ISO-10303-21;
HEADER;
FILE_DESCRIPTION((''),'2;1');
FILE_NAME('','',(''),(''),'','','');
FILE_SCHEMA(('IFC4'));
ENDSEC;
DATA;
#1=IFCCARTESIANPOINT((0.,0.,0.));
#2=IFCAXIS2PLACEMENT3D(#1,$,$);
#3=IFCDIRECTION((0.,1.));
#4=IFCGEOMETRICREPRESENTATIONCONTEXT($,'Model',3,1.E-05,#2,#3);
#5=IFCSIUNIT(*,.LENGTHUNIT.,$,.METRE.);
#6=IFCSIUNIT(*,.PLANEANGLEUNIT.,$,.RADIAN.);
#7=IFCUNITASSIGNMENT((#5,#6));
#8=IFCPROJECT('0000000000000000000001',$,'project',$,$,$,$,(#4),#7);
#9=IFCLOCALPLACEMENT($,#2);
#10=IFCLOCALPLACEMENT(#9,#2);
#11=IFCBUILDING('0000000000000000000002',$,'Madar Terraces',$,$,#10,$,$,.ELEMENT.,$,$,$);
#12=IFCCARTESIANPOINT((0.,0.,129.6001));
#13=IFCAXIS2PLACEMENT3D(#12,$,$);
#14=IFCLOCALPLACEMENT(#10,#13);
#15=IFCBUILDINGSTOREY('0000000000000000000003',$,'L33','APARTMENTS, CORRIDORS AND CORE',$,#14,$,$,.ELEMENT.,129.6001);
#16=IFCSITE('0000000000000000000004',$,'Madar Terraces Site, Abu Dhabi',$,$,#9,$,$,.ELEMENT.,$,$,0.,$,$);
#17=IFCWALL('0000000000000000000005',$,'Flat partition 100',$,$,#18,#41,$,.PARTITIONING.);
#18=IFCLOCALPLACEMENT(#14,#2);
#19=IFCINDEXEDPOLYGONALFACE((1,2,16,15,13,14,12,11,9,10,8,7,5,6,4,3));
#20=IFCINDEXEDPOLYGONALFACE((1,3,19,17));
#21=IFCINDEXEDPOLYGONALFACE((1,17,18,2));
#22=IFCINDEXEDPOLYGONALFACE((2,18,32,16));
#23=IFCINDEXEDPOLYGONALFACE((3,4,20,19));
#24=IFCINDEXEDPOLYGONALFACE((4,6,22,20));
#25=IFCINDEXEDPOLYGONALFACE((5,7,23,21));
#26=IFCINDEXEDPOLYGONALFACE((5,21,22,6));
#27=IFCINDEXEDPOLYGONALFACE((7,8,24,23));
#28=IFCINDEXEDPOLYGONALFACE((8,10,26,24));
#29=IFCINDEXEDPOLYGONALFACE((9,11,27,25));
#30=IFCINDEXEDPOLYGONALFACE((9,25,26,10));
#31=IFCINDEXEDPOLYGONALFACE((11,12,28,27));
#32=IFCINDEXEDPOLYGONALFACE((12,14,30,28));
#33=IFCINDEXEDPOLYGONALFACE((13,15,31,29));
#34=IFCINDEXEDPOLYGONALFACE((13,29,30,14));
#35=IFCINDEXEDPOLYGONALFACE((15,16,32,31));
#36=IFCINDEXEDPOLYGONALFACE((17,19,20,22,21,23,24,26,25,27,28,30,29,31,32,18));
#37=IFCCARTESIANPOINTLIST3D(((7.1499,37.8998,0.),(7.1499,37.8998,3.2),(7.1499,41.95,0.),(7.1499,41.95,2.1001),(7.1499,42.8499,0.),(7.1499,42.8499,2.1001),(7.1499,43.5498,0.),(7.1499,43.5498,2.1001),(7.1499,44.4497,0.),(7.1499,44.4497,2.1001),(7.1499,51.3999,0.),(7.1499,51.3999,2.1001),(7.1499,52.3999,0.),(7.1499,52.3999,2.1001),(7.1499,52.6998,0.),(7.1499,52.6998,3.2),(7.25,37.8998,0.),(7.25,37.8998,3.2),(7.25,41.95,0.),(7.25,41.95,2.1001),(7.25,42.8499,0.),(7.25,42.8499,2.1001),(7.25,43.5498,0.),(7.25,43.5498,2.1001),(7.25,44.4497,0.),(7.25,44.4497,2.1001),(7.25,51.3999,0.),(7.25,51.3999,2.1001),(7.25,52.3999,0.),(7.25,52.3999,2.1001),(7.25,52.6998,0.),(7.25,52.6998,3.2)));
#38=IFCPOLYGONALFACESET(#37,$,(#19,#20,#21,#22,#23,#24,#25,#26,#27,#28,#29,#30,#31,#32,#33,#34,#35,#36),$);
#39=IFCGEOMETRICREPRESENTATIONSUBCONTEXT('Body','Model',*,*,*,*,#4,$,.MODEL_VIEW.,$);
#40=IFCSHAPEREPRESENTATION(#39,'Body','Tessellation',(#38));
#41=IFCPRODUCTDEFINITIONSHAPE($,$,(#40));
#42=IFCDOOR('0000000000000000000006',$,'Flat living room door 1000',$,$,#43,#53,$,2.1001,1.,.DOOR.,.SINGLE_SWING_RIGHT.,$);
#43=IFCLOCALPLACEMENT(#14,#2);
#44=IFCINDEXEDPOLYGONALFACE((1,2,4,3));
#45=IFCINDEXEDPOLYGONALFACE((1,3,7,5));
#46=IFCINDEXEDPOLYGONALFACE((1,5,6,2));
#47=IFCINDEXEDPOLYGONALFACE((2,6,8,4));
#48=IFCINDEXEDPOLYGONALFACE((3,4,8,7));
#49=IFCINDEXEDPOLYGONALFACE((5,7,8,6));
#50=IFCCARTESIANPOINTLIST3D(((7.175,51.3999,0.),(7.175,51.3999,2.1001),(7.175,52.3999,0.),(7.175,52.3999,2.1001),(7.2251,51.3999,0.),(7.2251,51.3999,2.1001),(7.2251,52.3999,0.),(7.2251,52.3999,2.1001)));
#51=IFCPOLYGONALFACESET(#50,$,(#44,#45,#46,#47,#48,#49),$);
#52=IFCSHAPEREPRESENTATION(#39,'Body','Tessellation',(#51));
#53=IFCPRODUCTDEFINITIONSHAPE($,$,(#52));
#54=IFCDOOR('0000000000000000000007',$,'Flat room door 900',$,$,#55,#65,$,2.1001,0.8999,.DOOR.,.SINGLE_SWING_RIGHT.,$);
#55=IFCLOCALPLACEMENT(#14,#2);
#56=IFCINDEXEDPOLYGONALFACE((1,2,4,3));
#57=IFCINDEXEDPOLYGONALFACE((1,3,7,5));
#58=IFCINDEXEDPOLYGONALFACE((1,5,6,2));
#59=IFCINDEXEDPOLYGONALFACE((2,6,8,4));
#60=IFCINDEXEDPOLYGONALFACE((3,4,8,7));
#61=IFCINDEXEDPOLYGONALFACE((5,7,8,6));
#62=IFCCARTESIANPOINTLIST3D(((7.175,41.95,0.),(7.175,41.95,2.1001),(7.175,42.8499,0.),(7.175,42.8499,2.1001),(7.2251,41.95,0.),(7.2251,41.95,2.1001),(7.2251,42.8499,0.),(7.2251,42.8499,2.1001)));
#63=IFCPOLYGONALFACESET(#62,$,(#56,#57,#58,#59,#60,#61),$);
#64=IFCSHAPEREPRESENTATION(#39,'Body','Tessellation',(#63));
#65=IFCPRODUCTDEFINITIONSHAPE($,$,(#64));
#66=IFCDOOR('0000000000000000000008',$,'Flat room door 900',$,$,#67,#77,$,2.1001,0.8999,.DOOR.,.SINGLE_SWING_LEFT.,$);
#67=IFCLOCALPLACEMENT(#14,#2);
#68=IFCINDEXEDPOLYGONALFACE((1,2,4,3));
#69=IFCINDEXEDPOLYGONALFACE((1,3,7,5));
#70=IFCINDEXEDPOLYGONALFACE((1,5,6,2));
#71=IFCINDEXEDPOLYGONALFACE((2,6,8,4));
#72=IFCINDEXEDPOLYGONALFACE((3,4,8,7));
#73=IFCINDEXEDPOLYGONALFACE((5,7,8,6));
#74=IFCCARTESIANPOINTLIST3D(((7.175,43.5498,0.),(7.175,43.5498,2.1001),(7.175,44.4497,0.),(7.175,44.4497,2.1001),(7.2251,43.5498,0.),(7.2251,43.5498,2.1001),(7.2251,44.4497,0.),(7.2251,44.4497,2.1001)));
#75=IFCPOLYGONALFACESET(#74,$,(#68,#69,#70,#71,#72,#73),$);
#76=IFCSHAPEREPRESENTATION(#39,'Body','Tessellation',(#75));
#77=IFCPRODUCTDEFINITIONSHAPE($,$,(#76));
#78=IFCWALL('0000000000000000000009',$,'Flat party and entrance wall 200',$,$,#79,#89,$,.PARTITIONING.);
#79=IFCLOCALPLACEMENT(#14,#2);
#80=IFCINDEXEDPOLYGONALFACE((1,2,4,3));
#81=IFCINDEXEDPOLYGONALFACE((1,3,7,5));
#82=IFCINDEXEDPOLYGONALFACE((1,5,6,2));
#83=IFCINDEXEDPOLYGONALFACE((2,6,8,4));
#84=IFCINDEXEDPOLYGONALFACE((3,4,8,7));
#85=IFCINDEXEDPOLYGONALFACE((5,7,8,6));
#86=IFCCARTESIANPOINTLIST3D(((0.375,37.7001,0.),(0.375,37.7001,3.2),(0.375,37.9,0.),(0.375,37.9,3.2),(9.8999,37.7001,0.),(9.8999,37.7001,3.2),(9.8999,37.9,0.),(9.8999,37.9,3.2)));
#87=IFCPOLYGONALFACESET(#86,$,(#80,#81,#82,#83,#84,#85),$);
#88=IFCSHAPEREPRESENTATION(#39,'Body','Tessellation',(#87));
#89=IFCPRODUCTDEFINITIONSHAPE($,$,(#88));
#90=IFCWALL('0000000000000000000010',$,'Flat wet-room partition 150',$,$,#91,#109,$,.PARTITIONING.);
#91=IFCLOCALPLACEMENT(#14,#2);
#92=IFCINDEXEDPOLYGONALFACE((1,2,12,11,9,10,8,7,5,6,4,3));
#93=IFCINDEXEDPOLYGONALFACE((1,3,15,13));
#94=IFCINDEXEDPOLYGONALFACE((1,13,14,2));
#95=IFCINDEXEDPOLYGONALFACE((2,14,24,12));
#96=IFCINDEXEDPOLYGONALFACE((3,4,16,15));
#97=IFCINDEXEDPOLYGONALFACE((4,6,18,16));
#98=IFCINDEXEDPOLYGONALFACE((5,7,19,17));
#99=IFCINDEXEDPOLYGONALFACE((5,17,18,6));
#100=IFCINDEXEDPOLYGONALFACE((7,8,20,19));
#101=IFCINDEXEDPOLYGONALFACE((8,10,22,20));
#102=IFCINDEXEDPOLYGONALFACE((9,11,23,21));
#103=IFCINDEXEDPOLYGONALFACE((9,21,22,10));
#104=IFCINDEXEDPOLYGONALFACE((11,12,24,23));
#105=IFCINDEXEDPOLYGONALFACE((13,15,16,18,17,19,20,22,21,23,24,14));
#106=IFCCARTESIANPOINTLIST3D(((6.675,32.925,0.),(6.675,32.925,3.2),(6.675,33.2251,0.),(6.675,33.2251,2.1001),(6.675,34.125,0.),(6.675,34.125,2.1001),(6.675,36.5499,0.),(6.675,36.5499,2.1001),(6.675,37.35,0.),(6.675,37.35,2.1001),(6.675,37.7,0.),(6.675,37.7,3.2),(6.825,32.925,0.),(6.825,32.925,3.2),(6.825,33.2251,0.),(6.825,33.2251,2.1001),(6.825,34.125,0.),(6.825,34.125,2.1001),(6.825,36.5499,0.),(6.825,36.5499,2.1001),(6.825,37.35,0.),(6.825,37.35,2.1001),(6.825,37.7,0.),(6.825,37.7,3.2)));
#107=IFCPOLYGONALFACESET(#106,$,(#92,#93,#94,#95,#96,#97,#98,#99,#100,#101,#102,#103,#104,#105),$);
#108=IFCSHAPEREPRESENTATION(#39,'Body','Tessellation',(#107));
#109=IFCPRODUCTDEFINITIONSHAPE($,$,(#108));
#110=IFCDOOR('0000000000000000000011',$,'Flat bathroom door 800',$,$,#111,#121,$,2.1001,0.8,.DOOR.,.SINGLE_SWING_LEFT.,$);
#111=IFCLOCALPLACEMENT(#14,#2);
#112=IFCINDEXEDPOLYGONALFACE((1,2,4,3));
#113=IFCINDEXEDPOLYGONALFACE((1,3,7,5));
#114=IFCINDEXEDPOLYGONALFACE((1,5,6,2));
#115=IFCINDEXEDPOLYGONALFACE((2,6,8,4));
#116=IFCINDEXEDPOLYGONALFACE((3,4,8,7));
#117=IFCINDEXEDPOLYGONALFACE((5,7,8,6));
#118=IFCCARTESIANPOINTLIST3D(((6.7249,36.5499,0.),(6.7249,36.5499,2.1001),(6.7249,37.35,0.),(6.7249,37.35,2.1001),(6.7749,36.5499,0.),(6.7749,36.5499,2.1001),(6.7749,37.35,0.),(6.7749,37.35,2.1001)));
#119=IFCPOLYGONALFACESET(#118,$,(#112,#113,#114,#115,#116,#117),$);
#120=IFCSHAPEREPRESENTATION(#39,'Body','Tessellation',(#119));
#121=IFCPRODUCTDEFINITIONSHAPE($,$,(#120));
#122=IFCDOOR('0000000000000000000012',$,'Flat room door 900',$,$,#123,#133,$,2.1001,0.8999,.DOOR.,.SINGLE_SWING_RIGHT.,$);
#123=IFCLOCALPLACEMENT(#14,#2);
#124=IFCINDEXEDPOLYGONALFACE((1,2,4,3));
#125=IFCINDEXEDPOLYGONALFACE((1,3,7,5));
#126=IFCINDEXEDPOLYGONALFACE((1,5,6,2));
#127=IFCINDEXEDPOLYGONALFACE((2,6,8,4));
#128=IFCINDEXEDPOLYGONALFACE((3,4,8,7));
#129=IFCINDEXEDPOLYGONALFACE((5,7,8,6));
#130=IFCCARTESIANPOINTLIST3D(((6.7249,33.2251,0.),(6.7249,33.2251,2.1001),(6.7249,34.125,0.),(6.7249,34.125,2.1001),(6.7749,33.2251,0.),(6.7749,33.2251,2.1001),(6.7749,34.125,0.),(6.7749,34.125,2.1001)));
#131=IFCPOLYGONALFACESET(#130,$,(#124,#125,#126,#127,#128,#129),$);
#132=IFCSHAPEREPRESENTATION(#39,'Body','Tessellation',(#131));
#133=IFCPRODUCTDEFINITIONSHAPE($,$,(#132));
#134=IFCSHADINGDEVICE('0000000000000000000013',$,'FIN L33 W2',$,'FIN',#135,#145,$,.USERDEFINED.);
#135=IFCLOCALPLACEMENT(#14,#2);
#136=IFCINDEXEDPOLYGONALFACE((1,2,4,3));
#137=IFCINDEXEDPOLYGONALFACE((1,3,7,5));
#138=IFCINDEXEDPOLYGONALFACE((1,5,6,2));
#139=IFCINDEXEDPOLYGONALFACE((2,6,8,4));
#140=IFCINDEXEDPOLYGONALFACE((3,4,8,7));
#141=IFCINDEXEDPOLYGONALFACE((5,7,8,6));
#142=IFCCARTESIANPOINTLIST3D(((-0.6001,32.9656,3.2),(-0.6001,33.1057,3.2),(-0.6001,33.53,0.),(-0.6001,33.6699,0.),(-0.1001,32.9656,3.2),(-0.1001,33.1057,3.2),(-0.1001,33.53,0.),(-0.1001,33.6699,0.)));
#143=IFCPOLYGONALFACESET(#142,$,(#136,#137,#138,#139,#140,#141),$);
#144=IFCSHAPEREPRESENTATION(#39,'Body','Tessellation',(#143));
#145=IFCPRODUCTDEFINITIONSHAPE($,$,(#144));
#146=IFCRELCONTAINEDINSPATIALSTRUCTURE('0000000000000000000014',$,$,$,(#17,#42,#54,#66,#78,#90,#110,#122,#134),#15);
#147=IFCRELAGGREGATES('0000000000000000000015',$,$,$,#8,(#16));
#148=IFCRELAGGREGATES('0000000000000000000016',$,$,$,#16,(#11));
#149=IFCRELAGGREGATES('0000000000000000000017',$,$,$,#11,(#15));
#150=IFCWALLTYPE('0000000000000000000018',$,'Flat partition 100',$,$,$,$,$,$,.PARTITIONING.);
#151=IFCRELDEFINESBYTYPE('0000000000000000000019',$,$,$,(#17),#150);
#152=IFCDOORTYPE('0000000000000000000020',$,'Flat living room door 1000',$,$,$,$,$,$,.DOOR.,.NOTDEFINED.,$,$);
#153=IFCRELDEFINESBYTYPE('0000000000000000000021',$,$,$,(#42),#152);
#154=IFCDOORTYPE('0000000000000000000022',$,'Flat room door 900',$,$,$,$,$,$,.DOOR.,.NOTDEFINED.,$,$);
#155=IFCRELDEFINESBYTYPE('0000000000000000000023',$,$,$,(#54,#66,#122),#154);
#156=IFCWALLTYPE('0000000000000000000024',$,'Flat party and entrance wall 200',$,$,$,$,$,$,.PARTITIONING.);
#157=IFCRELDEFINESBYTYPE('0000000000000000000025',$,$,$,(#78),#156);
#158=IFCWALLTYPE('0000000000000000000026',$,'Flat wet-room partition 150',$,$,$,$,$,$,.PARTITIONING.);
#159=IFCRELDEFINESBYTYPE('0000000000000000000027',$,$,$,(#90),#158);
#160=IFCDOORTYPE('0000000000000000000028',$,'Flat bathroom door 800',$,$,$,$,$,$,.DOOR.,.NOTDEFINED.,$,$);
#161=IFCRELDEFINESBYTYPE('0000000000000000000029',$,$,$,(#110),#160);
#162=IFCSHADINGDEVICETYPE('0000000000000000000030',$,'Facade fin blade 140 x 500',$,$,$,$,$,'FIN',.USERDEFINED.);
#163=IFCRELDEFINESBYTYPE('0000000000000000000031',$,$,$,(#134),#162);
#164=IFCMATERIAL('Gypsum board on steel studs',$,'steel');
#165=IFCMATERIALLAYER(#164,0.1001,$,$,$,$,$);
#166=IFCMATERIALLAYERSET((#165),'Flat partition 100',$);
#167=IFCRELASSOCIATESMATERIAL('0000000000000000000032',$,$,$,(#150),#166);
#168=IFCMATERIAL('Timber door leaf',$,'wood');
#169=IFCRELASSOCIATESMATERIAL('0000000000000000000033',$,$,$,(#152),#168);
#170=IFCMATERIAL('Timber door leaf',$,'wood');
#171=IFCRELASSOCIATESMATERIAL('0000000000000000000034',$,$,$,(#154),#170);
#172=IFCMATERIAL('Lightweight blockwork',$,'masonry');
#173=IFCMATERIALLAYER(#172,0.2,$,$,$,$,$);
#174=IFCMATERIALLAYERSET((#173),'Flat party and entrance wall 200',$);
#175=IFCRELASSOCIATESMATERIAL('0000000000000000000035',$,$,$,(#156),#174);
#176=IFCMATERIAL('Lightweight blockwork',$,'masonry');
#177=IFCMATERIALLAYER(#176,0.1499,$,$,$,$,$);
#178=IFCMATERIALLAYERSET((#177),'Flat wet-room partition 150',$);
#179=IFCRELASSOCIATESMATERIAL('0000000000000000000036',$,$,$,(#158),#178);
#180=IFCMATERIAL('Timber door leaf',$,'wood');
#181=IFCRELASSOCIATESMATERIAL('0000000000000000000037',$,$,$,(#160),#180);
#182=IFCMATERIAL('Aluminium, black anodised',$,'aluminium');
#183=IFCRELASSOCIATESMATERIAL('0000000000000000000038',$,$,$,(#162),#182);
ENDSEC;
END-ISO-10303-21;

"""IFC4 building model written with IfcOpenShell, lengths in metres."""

from ifc_helpers import new_model, si_unit, direction, frame, frame_2d, origin, place, context, subcontext, project, spatial, polyline, rectangle, outline, extrude, material, layer, layer_set, type_object, element, fill, save


model = new_model("IFC4")

# Units and contexts
model_context = context("Model", 3, precision=1e-05, world=origin(), true_north=direction((0.0, 1.0)))
body_context = subcontext(model_context, "Body", "Model", "MODEL_VIEW")
ifc_project = project(units=[si_unit("LENGTHUNIT", "METRE"), si_unit("PLANEANGLEUNIT", "RADIAN")], contexts=[model_context])

# Site, building, storey
site_placement = place(None, origin())
site = spatial("IfcSite", under=ifc_project, at=site_placement, Name="Madar Terraces Site, Abu Dhabi", CompositionType="ELEMENT", RefElevation=0.0)
building_placement = place(site_placement, origin())
building = spatial("IfcBuilding", under=site, at=building_placement, Name="Madar Terraces", CompositionType="ELEMENT")
storey_placement = place(building_placement, frame((0.0, 0.0, 129.6001)))
storey = spatial("IfcBuildingStorey", under=building, at=storey_placement, Name="L33", Description="APARTMENTS, CORRIDORS AND CORE", CompositionType="ELEMENT", Elevation=129.6001)

# Wall, openings, doors
ifc_material_1 = material(Name="Gypsum board on steel studs", Category="steel")
ifc_layer_1 = layer(ifc_material_1, 0.1001)
ifc_layer_set_1 = layer_set([ifc_layer_1], Name="Flat partition 100")
wall_type_1 = type_object("IfcWallType", Name="Flat partition 100", PredefinedType="PARTITIONING", material=ifc_layer_set_1)
wall_1_placement = place(storey_placement, frame((7.2, 37.8999, 0.0), z_axis=(0.0, 0.0, 1.0), x_axis=(0.0, 1.0, 0.0)))
wall_1 = element("IfcWall", 1, at=wall_1_placement, inside=storey, type_object=wall_type_1, Name="Flat partition 100", PredefinedType="PARTITIONING", context=body_context, shape_type="SweptSolid", body=[
    extrude(rectangle(XDim=14.8, YDim=0.1001, at=frame_2d((7.3999, 0.0))), origin(), (0.0, 0.0, 1.0), 3.2),
])
opening_1_placement = place(wall_1_placement, frame((4.05, 0.0, 0.0)))
opening_1 = element("IfcOpeningElement", 2, at=opening_1_placement, cuts=wall_1, PredefinedType="OPENING", context=body_context, shape_type="SweptSolid", body=[
    extrude(rectangle(XDim=0.8999, YDim=2.1001, at=frame_2d((0.45, 1.05))), frame((0.0, 0.0601, 0.0), z_axis=(0.0, -1.0, 0.0), x_axis=(1.0, 0.0, 0.0)), (0.0, 0.0, 1.0), 0.1201),
])
opening_2_placement = place(wall_1_placement, frame((5.6499, 0.0, 0.0)))
opening_2 = element("IfcOpeningElement", 3, at=opening_2_placement, cuts=wall_1, PredefinedType="OPENING", context=body_context, shape_type="SweptSolid", body=[
    extrude(rectangle(XDim=0.8999, YDim=2.1001, at=frame_2d((0.45, 1.05))), frame((0.0, 0.0601, 0.0), z_axis=(0.0, -1.0, 0.0), x_axis=(1.0, 0.0, 0.0)), (0.0, 0.0, 1.0), 0.1201),
])
opening_3_placement = place(wall_1_placement, frame((13.5, 0.0, 0.0)))
opening_3 = element("IfcOpeningElement", 4, at=opening_3_placement, cuts=wall_1, PredefinedType="OPENING", context=body_context, shape_type="SweptSolid", body=[
    extrude(rectangle(XDim=1.0, YDim=2.1001, at=frame_2d((0.5, 1.05))), frame((0.0, 0.0601, 0.0), z_axis=(0.0, -1.0, 0.0), x_axis=(1.0, 0.0, 0.0)), (0.0, 0.0, 1.0), 0.1201),
])
ifc_material_2 = material(Name="Timber door leaf", Category="wood")
door_type_1 = type_object("IfcDoorType", Name="Flat living room door 1000", OperationType="NOTDEFINED", PredefinedType="DOOR", material=ifc_material_2)
door_1_placement = place(opening_3_placement, origin())
door_1 = element("IfcDoor", 5, at=door_1_placement, inside=storey, type_object=door_type_1, Name="Flat living room door 1000", OperationType="SINGLE_SWING_RIGHT", OverallHeight=2.1001, OverallWidth=1.0, PredefinedType="DOOR", context=body_context, shape_type="SweptSolid", body=[
    extrude(rectangle(XDim=1.0, YDim=2.1001, at=frame_2d((0.5, 1.05))), frame((0.0, 0.0249, 0.0), z_axis=(0.0, -1.0, 0.0), x_axis=(1.0, 0.0, 0.0)), (0.0, 0.0, 1.0), 0.05),
])
fill(opening_3, door_1)
ifc_material_3 = material(Name="Timber door leaf", Category="wood")
door_type_2 = type_object("IfcDoorType", Name="Flat room door 900", OperationType="NOTDEFINED", PredefinedType="DOOR", material=ifc_material_3)
door_2_placement = place(opening_1_placement, origin())
door_2 = element("IfcDoor", 6, at=door_2_placement, inside=storey, type_object=door_type_2, Name="Flat room door 900", OperationType="SINGLE_SWING_RIGHT", OverallHeight=2.1001, OverallWidth=0.8999, PredefinedType="DOOR", context=body_context, shape_type="SweptSolid", body=[
    extrude(rectangle(XDim=0.8999, YDim=2.1001, at=frame_2d((0.45, 1.05))), frame((0.0, 0.0249, 0.0), z_axis=(0.0, -1.0, 0.0), x_axis=(1.0, 0.0, 0.0)), (0.0, 0.0, 1.0), 0.05),
])
fill(opening_1, door_2)
door_3_placement = place(opening_2_placement, origin())
door_3 = element("IfcDoor", 7, at=door_3_placement, inside=storey, type_object=door_type_2, Name="Flat room door 900", OperationType="SINGLE_SWING_LEFT", OverallHeight=2.1001, OverallWidth=0.8999, PredefinedType="DOOR", context=body_context, shape_type="SweptSolid", body=[
    extrude(rectangle(XDim=0.8999, YDim=2.1001, at=frame_2d((0.45, 1.05))), frame((0.0, 0.0249, 0.0), z_axis=(0.0, -1.0, 0.0), x_axis=(1.0, 0.0, 0.0)), (0.0, 0.0, 1.0), 0.05),
])
fill(opening_2, door_3)

# Wall
ifc_material_4 = material(Name="Lightweight blockwork", Category="masonry")
ifc_layer_2 = layer(ifc_material_4, 0.2)
ifc_layer_set_2 = layer_set([ifc_layer_2], Name="Flat party and entrance wall 200")
wall_type_2 = type_object("IfcWallType", Name="Flat party and entrance wall 200", PredefinedType="PARTITIONING", material=ifc_layer_set_2)
wall_2_placement = place(storey_placement, frame((0.375, 37.8, 0.0), z_axis=(0.0, 0.0, 1.0), x_axis=(1.0, 0.0, 0.0)))
element("IfcWall", 8, at=wall_2_placement, inside=storey, type_object=wall_type_2, Name="Flat party and entrance wall 200", PredefinedType="PARTITIONING", context=body_context, shape_type="SweptSolid", body=[
    extrude(rectangle(XDim=9.5249, YDim=0.2, at=frame_2d((4.7625, 0.0))), origin(), (0.0, 0.0, 1.0), 3.2),
])

# Wall, openings, doors
ifc_material_5 = material(Name="Lightweight blockwork", Category="masonry")
ifc_layer_3 = layer(ifc_material_5, 0.1499)
ifc_layer_set_3 = layer_set([ifc_layer_3], Name="Flat wet-room partition 150")
wall_type_3 = type_object("IfcWallType", Name="Flat wet-room partition 150", PredefinedType="PARTITIONING", material=ifc_layer_set_3)
wall_3_placement = place(storey_placement, frame((6.75, 37.7, 0.0), z_axis=(0.0, 0.0, 1.0), x_axis=(0.0, -1.0, 0.0)))
wall_3 = element("IfcWall", 9, at=wall_3_placement, inside=storey, type_object=wall_type_3, Name="Flat wet-room partition 150", PredefinedType="PARTITIONING", context=body_context, shape_type="SweptSolid", body=[
    extrude(rectangle(XDim=4.7749, YDim=0.1499, at=frame_2d((2.3875, 0.0))), origin(), (0.0, 0.0, 1.0), 3.2),
])
opening_4_placement = place(wall_3_placement, frame((3.575, 0.0, 0.0)))
opening_4 = element("IfcOpeningElement", 10, at=opening_4_placement, cuts=wall_3, PredefinedType="OPENING", context=body_context, shape_type="SweptSolid", body=[
    extrude(rectangle(XDim=0.8999, YDim=2.1001, at=frame_2d((0.45, 1.05))), frame((0.0, 0.085, 0.0), z_axis=(0.0, -1.0, 0.0), x_axis=(1.0, 0.0, 0.0)), (0.0, 0.0, 1.0), 0.1699),
])
opening_5_placement = place(wall_3_placement, frame((0.3501, 0.0, 0.0)))
opening_5 = element("IfcOpeningElement", 11, at=opening_5_placement, cuts=wall_3, PredefinedType="OPENING", context=body_context, shape_type="SweptSolid", body=[
    extrude(rectangle(XDim=0.8, YDim=2.1001, at=frame_2d((0.3999, 1.05))), frame((0.0, 0.085, 0.0), z_axis=(0.0, -1.0, 0.0), x_axis=(1.0, 0.0, 0.0)), (0.0, 0.0, 1.0), 0.1699),
])
ifc_material_6 = material(Name="Timber door leaf", Category="wood")
door_type_3 = type_object("IfcDoorType", Name="Flat bathroom door 800", OperationType="NOTDEFINED", PredefinedType="DOOR", material=ifc_material_6)
door_4_placement = place(opening_5_placement, origin())
door_4 = element("IfcDoor", 12, at=door_4_placement, inside=storey, type_object=door_type_3, Name="Flat bathroom door 800", OperationType="SINGLE_SWING_LEFT", OverallHeight=2.1001, OverallWidth=0.8, PredefinedType="DOOR", context=body_context, shape_type="SweptSolid", body=[
    extrude(rectangle(XDim=0.8, YDim=2.1001, at=frame_2d((0.3999, 1.05))), frame((0.0, 0.0249, 0.0), z_axis=(0.0, -1.0, 0.0), x_axis=(1.0, 0.0, 0.0)), (0.0, 0.0, 1.0), 0.05),
])
fill(opening_5, door_4)
door_5_placement = place(opening_4_placement, origin())
door_5 = element("IfcDoor", 13, at=door_5_placement, inside=storey, type_object=door_type_2, Name="Flat room door 900", OperationType="SINGLE_SWING_RIGHT", OverallHeight=2.1001, OverallWidth=0.8999, PredefinedType="DOOR", context=body_context, shape_type="SweptSolid", body=[
    extrude(rectangle(XDim=0.8999, YDim=2.1001, at=frame_2d((0.45, 1.05))), frame((0.0, 0.0249, 0.0), z_axis=(0.0, -1.0, 0.0), x_axis=(1.0, 0.0, 0.0)), (0.0, 0.0, 1.0), 0.05),
])
fill(opening_4, door_5)

# Shading device
ifc_material_7 = material(Name="Aluminium, black anodised", Category="aluminium")
shading_device_type = type_object("IfcShadingDeviceType", Name="Facade fin blade 140 x 500", ElementType="FIN", PredefinedType="USERDEFINED", material=ifc_material_7)
shading_device_placement = place(storey_placement, frame((-0.3501, 33.6699, 0.0), z_axis=(0.0, 0.0, 1.0), x_axis=(0.0, -1.0, 0.0)))
element("IfcShadingDevice", 14, at=shading_device_placement, inside=storey, type_object=shading_device_type, Name="FIN L33 W2", ObjectType="FIN", PredefinedType="USERDEFINED", context=body_context, shape_type="SweptSolid", body=[
    extrude(outline(polyline([(0.0, 0.0), (0.1399, 0.0), (0.7043, 3.2), (0.5642, 3.2), (0.0, 0.0)])), frame((0.0, 0.25, 0.0), z_axis=(0.0, -1.0, 0.0), x_axis=(1.0, 0.0, 0.0)), (0.0, 0.0, 1.0), 0.5),
])

save(model, "model.ifc")
